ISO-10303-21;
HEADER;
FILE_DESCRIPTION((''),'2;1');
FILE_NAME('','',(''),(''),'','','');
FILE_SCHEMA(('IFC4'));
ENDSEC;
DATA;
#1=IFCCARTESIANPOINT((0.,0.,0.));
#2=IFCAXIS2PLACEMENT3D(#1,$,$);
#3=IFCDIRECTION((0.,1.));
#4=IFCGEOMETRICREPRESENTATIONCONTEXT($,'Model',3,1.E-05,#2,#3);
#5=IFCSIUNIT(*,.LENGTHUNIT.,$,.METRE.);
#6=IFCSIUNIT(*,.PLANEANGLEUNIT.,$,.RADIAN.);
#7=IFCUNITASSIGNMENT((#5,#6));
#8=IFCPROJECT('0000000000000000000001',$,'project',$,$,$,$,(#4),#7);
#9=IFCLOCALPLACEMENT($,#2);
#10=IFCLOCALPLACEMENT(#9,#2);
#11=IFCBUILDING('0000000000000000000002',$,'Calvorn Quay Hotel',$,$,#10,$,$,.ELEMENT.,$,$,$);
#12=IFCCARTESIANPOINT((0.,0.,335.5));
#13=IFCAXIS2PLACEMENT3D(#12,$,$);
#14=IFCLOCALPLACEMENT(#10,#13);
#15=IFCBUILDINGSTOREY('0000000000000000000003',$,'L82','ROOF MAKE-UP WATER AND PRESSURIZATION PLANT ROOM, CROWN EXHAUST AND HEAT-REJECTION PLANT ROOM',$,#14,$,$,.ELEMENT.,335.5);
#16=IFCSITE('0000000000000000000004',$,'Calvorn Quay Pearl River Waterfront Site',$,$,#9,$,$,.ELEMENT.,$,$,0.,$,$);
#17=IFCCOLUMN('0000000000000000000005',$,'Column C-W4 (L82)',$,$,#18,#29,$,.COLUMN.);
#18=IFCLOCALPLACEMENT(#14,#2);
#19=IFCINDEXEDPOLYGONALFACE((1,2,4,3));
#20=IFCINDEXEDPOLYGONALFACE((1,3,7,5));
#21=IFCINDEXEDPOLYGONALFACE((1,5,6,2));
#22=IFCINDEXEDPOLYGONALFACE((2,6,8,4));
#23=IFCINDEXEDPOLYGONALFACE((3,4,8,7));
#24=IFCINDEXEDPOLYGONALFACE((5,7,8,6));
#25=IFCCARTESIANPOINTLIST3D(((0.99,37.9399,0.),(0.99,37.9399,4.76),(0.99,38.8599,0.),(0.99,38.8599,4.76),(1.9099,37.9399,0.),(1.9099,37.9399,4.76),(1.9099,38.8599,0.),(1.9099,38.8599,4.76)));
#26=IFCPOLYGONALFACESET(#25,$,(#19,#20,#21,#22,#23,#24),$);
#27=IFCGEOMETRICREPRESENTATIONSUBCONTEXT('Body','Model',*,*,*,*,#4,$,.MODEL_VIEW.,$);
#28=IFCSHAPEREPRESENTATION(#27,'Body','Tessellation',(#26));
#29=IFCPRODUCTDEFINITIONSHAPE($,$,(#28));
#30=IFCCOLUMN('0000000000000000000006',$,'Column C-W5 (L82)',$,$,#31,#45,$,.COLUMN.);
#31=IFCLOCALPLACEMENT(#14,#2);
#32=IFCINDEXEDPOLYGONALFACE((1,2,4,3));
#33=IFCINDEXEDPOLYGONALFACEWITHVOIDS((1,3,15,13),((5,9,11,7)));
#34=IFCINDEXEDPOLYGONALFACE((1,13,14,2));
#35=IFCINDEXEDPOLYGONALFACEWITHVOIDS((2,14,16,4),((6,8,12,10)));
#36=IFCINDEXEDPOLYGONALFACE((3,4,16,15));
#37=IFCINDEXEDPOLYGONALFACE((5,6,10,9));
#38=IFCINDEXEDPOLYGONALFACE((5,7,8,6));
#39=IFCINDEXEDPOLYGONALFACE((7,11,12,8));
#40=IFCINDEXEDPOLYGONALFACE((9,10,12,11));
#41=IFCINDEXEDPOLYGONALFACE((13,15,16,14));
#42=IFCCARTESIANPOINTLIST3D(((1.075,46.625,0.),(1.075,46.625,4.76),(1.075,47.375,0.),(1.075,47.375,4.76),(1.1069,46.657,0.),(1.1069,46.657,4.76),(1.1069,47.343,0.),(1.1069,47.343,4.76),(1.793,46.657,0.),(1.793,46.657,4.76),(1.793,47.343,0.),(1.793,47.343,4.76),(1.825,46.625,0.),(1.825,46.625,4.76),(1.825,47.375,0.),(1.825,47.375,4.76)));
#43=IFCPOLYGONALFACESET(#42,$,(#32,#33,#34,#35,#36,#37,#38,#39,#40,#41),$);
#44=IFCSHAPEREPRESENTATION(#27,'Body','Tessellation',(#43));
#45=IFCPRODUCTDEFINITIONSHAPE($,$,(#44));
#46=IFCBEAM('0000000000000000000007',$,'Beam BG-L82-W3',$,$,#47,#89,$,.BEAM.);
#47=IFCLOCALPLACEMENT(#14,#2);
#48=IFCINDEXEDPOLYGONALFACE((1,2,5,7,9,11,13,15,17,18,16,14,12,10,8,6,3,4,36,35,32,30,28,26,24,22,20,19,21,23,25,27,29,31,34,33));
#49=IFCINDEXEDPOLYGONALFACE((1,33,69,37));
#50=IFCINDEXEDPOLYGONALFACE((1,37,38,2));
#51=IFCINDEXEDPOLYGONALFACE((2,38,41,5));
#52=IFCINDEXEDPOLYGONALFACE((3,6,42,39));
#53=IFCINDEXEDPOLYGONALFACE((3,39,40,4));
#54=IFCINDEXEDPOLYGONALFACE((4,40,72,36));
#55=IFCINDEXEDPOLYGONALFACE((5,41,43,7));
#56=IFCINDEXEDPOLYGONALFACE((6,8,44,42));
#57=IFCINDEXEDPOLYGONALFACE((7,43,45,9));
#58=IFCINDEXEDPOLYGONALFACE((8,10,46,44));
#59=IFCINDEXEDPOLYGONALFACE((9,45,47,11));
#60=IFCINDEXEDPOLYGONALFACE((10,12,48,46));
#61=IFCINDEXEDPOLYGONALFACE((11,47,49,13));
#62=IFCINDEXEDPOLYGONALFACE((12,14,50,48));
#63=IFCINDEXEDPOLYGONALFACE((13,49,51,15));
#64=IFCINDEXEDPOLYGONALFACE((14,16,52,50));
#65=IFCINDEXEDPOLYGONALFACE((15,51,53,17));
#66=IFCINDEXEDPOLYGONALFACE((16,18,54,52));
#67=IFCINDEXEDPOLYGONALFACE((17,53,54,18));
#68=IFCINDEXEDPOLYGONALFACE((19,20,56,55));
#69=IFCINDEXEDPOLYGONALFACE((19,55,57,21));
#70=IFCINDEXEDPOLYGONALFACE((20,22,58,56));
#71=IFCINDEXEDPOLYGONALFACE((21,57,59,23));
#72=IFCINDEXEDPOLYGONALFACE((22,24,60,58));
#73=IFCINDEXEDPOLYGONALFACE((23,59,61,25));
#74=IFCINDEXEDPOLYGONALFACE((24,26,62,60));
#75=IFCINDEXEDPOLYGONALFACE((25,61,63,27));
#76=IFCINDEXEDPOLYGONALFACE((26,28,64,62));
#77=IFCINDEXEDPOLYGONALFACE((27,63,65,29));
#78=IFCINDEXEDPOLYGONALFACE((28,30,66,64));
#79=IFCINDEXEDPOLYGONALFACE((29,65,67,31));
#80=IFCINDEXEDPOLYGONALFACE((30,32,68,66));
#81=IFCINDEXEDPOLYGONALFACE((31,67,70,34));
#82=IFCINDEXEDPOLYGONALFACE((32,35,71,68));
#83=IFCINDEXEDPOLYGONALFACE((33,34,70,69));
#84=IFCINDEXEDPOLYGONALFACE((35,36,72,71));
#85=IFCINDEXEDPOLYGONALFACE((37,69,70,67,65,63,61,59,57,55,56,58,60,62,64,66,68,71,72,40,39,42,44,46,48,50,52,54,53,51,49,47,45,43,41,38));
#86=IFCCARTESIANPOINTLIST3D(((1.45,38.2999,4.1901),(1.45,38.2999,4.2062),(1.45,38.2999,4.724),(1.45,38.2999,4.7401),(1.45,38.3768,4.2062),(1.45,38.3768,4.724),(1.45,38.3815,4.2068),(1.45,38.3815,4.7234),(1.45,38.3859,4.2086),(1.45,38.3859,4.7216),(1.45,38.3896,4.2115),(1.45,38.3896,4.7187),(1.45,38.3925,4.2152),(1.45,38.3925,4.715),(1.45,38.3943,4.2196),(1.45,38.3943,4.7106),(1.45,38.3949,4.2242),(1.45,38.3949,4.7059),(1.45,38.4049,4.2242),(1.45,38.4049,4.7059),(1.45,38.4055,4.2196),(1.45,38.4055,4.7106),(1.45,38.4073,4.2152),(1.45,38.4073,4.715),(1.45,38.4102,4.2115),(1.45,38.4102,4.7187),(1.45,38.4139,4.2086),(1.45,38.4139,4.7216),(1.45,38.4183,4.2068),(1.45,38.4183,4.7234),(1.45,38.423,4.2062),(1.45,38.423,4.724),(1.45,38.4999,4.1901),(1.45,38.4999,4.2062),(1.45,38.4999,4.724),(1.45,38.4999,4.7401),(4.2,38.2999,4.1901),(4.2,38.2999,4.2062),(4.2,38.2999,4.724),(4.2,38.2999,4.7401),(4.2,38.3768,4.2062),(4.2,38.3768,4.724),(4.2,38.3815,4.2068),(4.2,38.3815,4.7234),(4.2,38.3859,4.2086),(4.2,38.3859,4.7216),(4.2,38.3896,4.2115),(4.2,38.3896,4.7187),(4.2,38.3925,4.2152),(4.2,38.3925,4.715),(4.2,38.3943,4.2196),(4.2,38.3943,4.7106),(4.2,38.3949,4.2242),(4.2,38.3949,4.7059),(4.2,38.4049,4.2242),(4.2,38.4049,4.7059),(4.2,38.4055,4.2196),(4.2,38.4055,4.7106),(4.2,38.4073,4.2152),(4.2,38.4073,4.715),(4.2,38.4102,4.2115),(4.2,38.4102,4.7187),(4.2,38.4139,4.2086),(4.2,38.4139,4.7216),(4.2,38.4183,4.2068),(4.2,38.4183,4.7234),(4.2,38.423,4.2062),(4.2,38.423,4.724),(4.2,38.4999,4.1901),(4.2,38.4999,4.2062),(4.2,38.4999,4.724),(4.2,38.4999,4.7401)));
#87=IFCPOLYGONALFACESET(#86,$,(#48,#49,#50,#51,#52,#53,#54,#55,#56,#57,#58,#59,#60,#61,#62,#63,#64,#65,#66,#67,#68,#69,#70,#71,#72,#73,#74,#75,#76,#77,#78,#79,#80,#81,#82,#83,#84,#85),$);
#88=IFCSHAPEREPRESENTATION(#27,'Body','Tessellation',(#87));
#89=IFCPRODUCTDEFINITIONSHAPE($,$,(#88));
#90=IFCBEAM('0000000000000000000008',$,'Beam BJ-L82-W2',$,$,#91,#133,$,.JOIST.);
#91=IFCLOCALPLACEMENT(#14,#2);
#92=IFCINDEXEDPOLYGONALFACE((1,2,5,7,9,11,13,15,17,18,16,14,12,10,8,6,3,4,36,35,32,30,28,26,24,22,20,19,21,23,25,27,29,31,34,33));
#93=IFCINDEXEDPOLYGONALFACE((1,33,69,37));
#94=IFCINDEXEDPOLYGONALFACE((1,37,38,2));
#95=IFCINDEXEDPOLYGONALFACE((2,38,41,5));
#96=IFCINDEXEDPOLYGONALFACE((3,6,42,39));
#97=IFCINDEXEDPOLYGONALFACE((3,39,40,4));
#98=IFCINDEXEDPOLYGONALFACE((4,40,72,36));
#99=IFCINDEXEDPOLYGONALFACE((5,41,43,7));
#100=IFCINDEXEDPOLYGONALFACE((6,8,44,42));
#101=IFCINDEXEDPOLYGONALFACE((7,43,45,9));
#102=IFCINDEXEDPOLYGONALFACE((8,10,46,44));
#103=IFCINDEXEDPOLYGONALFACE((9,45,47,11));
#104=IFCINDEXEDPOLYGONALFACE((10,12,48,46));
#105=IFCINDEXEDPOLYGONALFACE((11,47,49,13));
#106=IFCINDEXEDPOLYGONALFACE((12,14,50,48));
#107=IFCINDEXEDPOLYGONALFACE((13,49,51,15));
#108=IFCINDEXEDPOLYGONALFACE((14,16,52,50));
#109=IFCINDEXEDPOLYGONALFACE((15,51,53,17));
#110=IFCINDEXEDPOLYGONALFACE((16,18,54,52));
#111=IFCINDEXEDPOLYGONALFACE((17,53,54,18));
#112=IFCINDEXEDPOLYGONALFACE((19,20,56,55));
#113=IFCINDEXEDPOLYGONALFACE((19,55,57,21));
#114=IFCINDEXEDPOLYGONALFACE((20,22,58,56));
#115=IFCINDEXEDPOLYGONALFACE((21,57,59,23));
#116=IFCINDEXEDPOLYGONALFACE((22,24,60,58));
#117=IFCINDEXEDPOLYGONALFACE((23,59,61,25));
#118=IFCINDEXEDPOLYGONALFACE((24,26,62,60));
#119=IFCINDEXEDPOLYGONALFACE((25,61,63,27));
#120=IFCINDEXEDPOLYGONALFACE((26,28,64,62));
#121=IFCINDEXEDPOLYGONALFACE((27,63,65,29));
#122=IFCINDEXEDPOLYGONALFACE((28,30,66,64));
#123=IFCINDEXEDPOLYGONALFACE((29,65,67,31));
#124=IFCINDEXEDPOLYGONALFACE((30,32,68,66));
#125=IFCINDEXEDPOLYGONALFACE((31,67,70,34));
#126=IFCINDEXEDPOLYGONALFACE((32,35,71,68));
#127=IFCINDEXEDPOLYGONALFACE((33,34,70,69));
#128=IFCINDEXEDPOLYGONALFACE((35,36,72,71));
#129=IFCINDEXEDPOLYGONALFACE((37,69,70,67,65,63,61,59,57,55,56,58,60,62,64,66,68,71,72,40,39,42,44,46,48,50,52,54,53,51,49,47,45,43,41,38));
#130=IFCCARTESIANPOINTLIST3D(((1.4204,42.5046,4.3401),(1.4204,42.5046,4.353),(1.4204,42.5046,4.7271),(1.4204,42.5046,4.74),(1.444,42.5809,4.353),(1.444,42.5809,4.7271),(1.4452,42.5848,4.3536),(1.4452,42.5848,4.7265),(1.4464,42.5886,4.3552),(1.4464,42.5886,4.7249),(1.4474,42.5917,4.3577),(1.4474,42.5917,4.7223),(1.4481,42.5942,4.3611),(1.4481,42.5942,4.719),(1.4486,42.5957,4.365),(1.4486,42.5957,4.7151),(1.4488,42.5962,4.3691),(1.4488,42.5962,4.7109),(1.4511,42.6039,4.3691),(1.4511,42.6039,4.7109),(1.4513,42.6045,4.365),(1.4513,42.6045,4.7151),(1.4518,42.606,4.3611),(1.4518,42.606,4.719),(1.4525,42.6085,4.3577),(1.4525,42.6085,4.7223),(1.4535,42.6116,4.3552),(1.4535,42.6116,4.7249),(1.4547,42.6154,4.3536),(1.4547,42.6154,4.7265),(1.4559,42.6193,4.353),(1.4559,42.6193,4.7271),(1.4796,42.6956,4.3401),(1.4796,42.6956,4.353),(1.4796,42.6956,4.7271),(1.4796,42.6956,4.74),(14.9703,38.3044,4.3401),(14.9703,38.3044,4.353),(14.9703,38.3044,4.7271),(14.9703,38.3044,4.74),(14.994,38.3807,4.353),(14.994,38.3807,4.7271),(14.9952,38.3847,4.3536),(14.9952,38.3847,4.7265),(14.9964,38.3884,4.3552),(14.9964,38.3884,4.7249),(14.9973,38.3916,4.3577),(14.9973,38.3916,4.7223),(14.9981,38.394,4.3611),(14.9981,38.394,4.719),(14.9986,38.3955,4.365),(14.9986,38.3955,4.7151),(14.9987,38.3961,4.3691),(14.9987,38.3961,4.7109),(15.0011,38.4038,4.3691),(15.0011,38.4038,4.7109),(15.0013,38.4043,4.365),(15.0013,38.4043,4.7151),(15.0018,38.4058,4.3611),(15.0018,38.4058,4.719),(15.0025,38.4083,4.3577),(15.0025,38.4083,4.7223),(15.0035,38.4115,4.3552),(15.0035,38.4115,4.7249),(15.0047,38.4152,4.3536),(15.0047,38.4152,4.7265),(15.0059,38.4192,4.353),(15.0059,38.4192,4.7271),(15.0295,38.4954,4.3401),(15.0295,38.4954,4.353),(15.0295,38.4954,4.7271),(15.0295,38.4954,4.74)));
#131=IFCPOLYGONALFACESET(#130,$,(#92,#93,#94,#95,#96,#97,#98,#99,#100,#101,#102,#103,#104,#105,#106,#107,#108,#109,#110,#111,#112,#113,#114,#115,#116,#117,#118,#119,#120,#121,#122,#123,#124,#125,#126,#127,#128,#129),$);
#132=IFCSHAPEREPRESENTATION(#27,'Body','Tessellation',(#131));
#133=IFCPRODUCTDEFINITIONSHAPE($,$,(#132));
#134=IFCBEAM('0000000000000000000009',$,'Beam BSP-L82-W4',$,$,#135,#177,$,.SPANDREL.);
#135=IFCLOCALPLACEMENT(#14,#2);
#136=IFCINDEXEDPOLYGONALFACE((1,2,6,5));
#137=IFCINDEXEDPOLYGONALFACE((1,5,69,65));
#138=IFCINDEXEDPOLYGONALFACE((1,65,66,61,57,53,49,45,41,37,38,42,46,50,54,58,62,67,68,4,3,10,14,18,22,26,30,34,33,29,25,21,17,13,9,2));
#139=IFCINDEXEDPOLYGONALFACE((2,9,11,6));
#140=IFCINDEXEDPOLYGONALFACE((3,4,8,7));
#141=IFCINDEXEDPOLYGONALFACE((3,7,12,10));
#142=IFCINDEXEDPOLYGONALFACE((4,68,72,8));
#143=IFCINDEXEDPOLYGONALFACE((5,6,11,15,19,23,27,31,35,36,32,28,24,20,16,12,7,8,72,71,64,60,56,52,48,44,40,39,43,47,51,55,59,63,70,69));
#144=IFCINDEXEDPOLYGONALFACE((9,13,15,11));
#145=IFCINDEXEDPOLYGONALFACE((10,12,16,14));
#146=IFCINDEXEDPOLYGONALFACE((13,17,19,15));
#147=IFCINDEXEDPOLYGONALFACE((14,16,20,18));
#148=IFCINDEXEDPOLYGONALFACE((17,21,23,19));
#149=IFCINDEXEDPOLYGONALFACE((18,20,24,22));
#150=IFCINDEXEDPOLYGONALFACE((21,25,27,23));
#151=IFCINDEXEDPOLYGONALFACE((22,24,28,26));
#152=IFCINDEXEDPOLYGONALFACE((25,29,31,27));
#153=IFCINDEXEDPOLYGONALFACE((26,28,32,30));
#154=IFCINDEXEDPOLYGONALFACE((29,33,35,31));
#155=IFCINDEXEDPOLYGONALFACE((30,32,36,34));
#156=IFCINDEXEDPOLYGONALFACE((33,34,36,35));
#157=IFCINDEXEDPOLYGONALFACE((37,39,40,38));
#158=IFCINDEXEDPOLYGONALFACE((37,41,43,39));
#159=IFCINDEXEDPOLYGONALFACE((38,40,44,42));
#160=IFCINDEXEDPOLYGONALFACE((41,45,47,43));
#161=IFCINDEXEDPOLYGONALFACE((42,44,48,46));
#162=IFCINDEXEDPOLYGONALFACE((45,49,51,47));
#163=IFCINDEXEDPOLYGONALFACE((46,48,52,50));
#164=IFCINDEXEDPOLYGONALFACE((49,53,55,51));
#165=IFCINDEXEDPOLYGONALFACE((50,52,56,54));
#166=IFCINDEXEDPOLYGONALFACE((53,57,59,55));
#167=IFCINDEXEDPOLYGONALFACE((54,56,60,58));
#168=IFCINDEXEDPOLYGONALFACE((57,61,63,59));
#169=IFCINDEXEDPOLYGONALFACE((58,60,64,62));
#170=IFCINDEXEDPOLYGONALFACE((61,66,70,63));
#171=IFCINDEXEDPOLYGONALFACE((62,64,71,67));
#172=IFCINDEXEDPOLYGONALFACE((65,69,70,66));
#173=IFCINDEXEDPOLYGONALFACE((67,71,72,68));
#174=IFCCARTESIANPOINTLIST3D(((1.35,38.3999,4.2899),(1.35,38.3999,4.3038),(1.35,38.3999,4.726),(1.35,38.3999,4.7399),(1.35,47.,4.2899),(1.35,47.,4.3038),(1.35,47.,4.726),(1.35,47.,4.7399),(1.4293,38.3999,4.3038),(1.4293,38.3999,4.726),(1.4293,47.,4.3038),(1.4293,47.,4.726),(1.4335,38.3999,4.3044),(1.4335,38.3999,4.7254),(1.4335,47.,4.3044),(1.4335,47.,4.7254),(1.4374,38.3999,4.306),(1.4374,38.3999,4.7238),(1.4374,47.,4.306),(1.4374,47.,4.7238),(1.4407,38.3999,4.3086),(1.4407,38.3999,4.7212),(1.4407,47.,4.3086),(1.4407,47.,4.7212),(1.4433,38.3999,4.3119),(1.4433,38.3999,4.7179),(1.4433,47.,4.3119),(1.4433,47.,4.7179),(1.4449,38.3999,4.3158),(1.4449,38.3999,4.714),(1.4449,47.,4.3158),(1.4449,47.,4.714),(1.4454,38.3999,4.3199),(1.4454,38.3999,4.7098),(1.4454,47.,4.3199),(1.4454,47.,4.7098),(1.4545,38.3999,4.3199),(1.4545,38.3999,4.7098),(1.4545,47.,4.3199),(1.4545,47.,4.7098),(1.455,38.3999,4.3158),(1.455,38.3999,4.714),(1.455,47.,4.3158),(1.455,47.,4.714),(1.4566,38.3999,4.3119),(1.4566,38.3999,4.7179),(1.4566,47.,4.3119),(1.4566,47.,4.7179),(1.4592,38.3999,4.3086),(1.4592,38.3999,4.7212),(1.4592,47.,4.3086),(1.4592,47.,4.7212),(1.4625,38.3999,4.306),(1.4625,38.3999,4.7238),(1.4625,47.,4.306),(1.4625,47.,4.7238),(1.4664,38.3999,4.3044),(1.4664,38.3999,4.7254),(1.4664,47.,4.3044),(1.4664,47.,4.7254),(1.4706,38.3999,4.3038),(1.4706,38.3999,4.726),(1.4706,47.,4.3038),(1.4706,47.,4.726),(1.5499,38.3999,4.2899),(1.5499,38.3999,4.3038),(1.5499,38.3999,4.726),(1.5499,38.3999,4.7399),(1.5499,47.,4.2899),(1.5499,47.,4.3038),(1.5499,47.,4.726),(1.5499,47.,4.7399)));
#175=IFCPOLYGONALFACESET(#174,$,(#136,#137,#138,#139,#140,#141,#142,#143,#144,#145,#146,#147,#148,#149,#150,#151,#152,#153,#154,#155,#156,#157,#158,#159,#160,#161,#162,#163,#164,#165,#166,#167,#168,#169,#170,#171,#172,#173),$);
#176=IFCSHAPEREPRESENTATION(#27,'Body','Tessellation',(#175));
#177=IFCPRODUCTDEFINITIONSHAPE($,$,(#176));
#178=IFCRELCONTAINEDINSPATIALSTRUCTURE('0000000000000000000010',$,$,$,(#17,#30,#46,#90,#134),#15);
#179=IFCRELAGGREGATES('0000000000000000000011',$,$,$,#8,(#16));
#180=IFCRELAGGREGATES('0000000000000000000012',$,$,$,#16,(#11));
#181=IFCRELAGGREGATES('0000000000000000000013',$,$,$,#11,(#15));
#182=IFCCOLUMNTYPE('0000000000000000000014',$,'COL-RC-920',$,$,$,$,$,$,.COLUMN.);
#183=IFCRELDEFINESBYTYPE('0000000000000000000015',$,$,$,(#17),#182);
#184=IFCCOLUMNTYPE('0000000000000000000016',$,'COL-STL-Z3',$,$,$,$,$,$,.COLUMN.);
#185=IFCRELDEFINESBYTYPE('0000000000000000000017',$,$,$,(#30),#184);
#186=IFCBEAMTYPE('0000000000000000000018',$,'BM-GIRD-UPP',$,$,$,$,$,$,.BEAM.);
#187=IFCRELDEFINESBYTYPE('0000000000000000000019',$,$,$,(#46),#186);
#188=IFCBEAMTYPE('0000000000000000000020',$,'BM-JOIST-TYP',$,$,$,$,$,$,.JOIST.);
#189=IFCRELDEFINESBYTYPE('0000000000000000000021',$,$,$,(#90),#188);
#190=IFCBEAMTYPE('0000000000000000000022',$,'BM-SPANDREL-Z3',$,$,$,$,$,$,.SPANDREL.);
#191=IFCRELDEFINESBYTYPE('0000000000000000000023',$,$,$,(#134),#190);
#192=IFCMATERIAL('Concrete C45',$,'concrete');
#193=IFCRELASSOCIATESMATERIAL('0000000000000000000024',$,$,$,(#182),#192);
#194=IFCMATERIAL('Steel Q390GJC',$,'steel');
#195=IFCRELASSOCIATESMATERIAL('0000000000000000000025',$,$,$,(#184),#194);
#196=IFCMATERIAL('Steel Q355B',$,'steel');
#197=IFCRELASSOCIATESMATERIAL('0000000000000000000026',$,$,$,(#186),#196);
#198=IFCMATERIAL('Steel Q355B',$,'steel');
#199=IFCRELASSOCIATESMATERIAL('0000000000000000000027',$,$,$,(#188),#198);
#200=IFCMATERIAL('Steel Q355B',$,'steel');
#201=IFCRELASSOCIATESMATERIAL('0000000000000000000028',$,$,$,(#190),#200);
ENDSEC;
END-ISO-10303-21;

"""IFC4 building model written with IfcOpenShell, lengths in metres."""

from ifc_helpers import new_model, si_unit, direction, frame, origin, origin_2d, place, context, subcontext, project, spatial, rectangle, hollow_rectangle, i_section, extrude, material, material_profile, profile_set, type_object, element, save


model = new_model("IFC4")

# Units and contexts
model_context = context("Model", 3, precision=1e-05, world=origin(), true_north=direction((0.0, 1.0)))
body_context = subcontext(model_context, "Body", "Model", "MODEL_VIEW")
ifc_project = project(units=[si_unit("LENGTHUNIT", "METRE"), si_unit("PLANEANGLEUNIT", "RADIAN")], contexts=[model_context])

# Site, building, storey
site_placement = place(None, origin())
site = spatial("IfcSite", under=ifc_project, at=site_placement, Name="Calvorn Quay Pearl River Waterfront Site", CompositionType="ELEMENT", RefElevation=0.0)
building_placement = place(site_placement, origin())
building = spatial("IfcBuilding", under=site, at=building_placement, Name="Calvorn Quay Hotel", CompositionType="ELEMENT")
storey_placement = place(building_placement, frame((0.0, 0.0, 335.5)))
storey = spatial("IfcBuildingStorey", under=building, at=storey_placement, Name="L82", Description="ROOF MAKE-UP WATER AND PRESSURIZATION PLANT ROOM, CROWN EXHAUST AND HEAT-REJECTION PLANT ROOM", CompositionType="ELEMENT", Elevation=335.5)

# Columns
ifc_material_1 = material(Name="Concrete C45", Category="concrete")
ifc_material_profile_1 = material_profile(ifc_material_1, rectangle(XDim=0.9199, YDim=0.9199, at=origin_2d()), Name="RC920x920")
ifc_profile_set_1 = profile_set([ifc_material_profile_1], Name="Concrete C45")
column_type_1 = type_object("IfcColumnType", Name="COL-RC-920", PredefinedType="COLUMN", material=ifc_profile_set_1)
column_1_placement = place(storey_placement, frame((1.45, 38.3999, 0.0), z_axis=(0.0, 0.0, 1.0), x_axis=(1.0, 0.0, 0.0)))
element("IfcColumn", 1, at=column_1_placement, inside=storey, type_object=column_type_1, Name="Column C-W4 (L82)", PredefinedType="COLUMN", context=body_context, shape_type="SweptSolid", body=[
    extrude(rectangle(XDim=0.9199, YDim=0.9199, at=origin_2d()), origin(), (0.0, 0.0, 1.0), 4.76),
])
ifc_material_2 = material(Name="Steel Q390GJC", Category="steel")
ifc_material_profile_2 = material_profile(ifc_material_2, hollow_rectangle(XDim=0.75, YDim=0.75, WallThickness=0.032, at=origin_2d()), Name="BOX750x750x32")
ifc_profile_set_2 = profile_set([ifc_material_profile_2], Name="Steel Q390GJC")
column_type_2 = type_object("IfcColumnType", Name="COL-STL-Z3", PredefinedType="COLUMN", material=ifc_profile_set_2)
column_2_placement = place(storey_placement, frame((1.45, 47.0, 0.0), z_axis=(0.0, 0.0, 1.0), x_axis=(1.0, 0.0, 0.0)))
element("IfcColumn", 2, at=column_2_placement, inside=storey, type_object=column_type_2, Name="Column C-W5 (L82)", PredefinedType="COLUMN", context=body_context, shape_type="SweptSolid", body=[
    extrude(hollow_rectangle(XDim=0.75, YDim=0.75, WallThickness=0.032, at=origin_2d()), origin(), (0.0, 0.0, 1.0), 4.76),
])

# Beams
ifc_material_3 = material(Name="Steel Q355B", Category="steel")
ifc_material_profile_3 = material_profile(ifc_material_3, i_section(OverallWidth=0.2, OverallDepth=0.55, WebThickness=0.01, FlangeThickness=0.0161, FilletRadius=0.0181, at=origin_2d()), Name="HN550x200x10x16")
ifc_profile_set_3 = profile_set([ifc_material_profile_3], Name="Steel Q355B")
beam_type_1 = type_object("IfcBeamType", Name="BM-GIRD-UPP", PredefinedType="BEAM", material=ifc_profile_set_3)
beam_1_placement = place(storey_placement, frame((1.45, 38.3999, 4.4651), z_axis=(1.0, 0.0, 0.0), x_axis=(0.0, 1.0, 0.0)))
element("IfcBeam", 3, at=beam_1_placement, inside=storey, type_object=beam_type_1, Name="Beam BG-L82-W3", PredefinedType="BEAM", context=body_context, shape_type="SweptSolid", body=[
    extrude(i_section(OverallWidth=0.2, OverallDepth=0.55, WebThickness=0.01, FlangeThickness=0.0161, FilletRadius=0.0181, at=origin_2d()), origin(), (0.0, 0.0, 1.0), 2.75),
])
ifc_material_4 = material(Name="Steel Q355B", Category="steel")
ifc_material_profile_4 = material_profile(ifc_material_4, i_section(OverallWidth=0.2, OverallDepth=0.3999, WebThickness=0.0081, FlangeThickness=0.0129, FilletRadius=0.0161, at=origin_2d()), Name="HN400x200x8x13")
ifc_profile_set_4 = profile_set([ifc_material_profile_4], Name="Steel Q355B")
beam_type_2 = type_object("IfcBeamType", Name="BM-JOIST-TYP", PredefinedType="JOIST", material=ifc_profile_set_4)
beam_2_placement = place(storey_placement, frame((1.45, 42.6001, 4.54), z_axis=(0.955164, -0.296078, 0.0), x_axis=(0.296078, 0.955164, 0.0)))
element("IfcBeam", 4, at=beam_2_placement, inside=storey, type_object=beam_type_2, Name="Beam BJ-L82-W2", PredefinedType="JOIST", context=body_context, shape_type="SweptSolid", body=[
    extrude(i_section(OverallWidth=0.2, OverallDepth=0.3999, WebThickness=0.0081, FlangeThickness=0.0129, FilletRadius=0.0161, at=origin_2d()), origin(), (0.0, 0.0, 1.0), 14.186),
])
ifc_material_5 = material(Name="Steel Q355B", Category="steel")
ifc_material_profile_5 = material_profile(ifc_material_5, i_section(OverallWidth=0.2, OverallDepth=0.45, WebThickness=0.009, FlangeThickness=0.0139, FilletRadius=0.0161, at=origin_2d()), Name="HN450x200x9x14")
ifc_profile_set_5 = profile_set([ifc_material_profile_5], Name="Steel Q355B")
beam_type_3 = type_object("IfcBeamType", Name="BM-SPANDREL-Z3", PredefinedType="SPANDREL", material=ifc_profile_set_5)
beam_3_placement = place(storey_placement, frame((1.45, 38.3999, 4.5149), z_axis=(0.0, 1.0, 0.0), x_axis=(-1.0, 0.0, 0.0)))
element("IfcBeam", 5, at=beam_3_placement, inside=storey, type_object=beam_type_3, Name="Beam BSP-L82-W4", PredefinedType="SPANDREL", context=body_context, shape_type="SweptSolid", body=[
    extrude(i_section(OverallWidth=0.2, OverallDepth=0.45, WebThickness=0.009, FlangeThickness=0.0139, FilletRadius=0.0161, at=origin_2d()), origin(), (0.0, 0.0, 1.0), 8.6001),
])

save(model, "model.ifc")
